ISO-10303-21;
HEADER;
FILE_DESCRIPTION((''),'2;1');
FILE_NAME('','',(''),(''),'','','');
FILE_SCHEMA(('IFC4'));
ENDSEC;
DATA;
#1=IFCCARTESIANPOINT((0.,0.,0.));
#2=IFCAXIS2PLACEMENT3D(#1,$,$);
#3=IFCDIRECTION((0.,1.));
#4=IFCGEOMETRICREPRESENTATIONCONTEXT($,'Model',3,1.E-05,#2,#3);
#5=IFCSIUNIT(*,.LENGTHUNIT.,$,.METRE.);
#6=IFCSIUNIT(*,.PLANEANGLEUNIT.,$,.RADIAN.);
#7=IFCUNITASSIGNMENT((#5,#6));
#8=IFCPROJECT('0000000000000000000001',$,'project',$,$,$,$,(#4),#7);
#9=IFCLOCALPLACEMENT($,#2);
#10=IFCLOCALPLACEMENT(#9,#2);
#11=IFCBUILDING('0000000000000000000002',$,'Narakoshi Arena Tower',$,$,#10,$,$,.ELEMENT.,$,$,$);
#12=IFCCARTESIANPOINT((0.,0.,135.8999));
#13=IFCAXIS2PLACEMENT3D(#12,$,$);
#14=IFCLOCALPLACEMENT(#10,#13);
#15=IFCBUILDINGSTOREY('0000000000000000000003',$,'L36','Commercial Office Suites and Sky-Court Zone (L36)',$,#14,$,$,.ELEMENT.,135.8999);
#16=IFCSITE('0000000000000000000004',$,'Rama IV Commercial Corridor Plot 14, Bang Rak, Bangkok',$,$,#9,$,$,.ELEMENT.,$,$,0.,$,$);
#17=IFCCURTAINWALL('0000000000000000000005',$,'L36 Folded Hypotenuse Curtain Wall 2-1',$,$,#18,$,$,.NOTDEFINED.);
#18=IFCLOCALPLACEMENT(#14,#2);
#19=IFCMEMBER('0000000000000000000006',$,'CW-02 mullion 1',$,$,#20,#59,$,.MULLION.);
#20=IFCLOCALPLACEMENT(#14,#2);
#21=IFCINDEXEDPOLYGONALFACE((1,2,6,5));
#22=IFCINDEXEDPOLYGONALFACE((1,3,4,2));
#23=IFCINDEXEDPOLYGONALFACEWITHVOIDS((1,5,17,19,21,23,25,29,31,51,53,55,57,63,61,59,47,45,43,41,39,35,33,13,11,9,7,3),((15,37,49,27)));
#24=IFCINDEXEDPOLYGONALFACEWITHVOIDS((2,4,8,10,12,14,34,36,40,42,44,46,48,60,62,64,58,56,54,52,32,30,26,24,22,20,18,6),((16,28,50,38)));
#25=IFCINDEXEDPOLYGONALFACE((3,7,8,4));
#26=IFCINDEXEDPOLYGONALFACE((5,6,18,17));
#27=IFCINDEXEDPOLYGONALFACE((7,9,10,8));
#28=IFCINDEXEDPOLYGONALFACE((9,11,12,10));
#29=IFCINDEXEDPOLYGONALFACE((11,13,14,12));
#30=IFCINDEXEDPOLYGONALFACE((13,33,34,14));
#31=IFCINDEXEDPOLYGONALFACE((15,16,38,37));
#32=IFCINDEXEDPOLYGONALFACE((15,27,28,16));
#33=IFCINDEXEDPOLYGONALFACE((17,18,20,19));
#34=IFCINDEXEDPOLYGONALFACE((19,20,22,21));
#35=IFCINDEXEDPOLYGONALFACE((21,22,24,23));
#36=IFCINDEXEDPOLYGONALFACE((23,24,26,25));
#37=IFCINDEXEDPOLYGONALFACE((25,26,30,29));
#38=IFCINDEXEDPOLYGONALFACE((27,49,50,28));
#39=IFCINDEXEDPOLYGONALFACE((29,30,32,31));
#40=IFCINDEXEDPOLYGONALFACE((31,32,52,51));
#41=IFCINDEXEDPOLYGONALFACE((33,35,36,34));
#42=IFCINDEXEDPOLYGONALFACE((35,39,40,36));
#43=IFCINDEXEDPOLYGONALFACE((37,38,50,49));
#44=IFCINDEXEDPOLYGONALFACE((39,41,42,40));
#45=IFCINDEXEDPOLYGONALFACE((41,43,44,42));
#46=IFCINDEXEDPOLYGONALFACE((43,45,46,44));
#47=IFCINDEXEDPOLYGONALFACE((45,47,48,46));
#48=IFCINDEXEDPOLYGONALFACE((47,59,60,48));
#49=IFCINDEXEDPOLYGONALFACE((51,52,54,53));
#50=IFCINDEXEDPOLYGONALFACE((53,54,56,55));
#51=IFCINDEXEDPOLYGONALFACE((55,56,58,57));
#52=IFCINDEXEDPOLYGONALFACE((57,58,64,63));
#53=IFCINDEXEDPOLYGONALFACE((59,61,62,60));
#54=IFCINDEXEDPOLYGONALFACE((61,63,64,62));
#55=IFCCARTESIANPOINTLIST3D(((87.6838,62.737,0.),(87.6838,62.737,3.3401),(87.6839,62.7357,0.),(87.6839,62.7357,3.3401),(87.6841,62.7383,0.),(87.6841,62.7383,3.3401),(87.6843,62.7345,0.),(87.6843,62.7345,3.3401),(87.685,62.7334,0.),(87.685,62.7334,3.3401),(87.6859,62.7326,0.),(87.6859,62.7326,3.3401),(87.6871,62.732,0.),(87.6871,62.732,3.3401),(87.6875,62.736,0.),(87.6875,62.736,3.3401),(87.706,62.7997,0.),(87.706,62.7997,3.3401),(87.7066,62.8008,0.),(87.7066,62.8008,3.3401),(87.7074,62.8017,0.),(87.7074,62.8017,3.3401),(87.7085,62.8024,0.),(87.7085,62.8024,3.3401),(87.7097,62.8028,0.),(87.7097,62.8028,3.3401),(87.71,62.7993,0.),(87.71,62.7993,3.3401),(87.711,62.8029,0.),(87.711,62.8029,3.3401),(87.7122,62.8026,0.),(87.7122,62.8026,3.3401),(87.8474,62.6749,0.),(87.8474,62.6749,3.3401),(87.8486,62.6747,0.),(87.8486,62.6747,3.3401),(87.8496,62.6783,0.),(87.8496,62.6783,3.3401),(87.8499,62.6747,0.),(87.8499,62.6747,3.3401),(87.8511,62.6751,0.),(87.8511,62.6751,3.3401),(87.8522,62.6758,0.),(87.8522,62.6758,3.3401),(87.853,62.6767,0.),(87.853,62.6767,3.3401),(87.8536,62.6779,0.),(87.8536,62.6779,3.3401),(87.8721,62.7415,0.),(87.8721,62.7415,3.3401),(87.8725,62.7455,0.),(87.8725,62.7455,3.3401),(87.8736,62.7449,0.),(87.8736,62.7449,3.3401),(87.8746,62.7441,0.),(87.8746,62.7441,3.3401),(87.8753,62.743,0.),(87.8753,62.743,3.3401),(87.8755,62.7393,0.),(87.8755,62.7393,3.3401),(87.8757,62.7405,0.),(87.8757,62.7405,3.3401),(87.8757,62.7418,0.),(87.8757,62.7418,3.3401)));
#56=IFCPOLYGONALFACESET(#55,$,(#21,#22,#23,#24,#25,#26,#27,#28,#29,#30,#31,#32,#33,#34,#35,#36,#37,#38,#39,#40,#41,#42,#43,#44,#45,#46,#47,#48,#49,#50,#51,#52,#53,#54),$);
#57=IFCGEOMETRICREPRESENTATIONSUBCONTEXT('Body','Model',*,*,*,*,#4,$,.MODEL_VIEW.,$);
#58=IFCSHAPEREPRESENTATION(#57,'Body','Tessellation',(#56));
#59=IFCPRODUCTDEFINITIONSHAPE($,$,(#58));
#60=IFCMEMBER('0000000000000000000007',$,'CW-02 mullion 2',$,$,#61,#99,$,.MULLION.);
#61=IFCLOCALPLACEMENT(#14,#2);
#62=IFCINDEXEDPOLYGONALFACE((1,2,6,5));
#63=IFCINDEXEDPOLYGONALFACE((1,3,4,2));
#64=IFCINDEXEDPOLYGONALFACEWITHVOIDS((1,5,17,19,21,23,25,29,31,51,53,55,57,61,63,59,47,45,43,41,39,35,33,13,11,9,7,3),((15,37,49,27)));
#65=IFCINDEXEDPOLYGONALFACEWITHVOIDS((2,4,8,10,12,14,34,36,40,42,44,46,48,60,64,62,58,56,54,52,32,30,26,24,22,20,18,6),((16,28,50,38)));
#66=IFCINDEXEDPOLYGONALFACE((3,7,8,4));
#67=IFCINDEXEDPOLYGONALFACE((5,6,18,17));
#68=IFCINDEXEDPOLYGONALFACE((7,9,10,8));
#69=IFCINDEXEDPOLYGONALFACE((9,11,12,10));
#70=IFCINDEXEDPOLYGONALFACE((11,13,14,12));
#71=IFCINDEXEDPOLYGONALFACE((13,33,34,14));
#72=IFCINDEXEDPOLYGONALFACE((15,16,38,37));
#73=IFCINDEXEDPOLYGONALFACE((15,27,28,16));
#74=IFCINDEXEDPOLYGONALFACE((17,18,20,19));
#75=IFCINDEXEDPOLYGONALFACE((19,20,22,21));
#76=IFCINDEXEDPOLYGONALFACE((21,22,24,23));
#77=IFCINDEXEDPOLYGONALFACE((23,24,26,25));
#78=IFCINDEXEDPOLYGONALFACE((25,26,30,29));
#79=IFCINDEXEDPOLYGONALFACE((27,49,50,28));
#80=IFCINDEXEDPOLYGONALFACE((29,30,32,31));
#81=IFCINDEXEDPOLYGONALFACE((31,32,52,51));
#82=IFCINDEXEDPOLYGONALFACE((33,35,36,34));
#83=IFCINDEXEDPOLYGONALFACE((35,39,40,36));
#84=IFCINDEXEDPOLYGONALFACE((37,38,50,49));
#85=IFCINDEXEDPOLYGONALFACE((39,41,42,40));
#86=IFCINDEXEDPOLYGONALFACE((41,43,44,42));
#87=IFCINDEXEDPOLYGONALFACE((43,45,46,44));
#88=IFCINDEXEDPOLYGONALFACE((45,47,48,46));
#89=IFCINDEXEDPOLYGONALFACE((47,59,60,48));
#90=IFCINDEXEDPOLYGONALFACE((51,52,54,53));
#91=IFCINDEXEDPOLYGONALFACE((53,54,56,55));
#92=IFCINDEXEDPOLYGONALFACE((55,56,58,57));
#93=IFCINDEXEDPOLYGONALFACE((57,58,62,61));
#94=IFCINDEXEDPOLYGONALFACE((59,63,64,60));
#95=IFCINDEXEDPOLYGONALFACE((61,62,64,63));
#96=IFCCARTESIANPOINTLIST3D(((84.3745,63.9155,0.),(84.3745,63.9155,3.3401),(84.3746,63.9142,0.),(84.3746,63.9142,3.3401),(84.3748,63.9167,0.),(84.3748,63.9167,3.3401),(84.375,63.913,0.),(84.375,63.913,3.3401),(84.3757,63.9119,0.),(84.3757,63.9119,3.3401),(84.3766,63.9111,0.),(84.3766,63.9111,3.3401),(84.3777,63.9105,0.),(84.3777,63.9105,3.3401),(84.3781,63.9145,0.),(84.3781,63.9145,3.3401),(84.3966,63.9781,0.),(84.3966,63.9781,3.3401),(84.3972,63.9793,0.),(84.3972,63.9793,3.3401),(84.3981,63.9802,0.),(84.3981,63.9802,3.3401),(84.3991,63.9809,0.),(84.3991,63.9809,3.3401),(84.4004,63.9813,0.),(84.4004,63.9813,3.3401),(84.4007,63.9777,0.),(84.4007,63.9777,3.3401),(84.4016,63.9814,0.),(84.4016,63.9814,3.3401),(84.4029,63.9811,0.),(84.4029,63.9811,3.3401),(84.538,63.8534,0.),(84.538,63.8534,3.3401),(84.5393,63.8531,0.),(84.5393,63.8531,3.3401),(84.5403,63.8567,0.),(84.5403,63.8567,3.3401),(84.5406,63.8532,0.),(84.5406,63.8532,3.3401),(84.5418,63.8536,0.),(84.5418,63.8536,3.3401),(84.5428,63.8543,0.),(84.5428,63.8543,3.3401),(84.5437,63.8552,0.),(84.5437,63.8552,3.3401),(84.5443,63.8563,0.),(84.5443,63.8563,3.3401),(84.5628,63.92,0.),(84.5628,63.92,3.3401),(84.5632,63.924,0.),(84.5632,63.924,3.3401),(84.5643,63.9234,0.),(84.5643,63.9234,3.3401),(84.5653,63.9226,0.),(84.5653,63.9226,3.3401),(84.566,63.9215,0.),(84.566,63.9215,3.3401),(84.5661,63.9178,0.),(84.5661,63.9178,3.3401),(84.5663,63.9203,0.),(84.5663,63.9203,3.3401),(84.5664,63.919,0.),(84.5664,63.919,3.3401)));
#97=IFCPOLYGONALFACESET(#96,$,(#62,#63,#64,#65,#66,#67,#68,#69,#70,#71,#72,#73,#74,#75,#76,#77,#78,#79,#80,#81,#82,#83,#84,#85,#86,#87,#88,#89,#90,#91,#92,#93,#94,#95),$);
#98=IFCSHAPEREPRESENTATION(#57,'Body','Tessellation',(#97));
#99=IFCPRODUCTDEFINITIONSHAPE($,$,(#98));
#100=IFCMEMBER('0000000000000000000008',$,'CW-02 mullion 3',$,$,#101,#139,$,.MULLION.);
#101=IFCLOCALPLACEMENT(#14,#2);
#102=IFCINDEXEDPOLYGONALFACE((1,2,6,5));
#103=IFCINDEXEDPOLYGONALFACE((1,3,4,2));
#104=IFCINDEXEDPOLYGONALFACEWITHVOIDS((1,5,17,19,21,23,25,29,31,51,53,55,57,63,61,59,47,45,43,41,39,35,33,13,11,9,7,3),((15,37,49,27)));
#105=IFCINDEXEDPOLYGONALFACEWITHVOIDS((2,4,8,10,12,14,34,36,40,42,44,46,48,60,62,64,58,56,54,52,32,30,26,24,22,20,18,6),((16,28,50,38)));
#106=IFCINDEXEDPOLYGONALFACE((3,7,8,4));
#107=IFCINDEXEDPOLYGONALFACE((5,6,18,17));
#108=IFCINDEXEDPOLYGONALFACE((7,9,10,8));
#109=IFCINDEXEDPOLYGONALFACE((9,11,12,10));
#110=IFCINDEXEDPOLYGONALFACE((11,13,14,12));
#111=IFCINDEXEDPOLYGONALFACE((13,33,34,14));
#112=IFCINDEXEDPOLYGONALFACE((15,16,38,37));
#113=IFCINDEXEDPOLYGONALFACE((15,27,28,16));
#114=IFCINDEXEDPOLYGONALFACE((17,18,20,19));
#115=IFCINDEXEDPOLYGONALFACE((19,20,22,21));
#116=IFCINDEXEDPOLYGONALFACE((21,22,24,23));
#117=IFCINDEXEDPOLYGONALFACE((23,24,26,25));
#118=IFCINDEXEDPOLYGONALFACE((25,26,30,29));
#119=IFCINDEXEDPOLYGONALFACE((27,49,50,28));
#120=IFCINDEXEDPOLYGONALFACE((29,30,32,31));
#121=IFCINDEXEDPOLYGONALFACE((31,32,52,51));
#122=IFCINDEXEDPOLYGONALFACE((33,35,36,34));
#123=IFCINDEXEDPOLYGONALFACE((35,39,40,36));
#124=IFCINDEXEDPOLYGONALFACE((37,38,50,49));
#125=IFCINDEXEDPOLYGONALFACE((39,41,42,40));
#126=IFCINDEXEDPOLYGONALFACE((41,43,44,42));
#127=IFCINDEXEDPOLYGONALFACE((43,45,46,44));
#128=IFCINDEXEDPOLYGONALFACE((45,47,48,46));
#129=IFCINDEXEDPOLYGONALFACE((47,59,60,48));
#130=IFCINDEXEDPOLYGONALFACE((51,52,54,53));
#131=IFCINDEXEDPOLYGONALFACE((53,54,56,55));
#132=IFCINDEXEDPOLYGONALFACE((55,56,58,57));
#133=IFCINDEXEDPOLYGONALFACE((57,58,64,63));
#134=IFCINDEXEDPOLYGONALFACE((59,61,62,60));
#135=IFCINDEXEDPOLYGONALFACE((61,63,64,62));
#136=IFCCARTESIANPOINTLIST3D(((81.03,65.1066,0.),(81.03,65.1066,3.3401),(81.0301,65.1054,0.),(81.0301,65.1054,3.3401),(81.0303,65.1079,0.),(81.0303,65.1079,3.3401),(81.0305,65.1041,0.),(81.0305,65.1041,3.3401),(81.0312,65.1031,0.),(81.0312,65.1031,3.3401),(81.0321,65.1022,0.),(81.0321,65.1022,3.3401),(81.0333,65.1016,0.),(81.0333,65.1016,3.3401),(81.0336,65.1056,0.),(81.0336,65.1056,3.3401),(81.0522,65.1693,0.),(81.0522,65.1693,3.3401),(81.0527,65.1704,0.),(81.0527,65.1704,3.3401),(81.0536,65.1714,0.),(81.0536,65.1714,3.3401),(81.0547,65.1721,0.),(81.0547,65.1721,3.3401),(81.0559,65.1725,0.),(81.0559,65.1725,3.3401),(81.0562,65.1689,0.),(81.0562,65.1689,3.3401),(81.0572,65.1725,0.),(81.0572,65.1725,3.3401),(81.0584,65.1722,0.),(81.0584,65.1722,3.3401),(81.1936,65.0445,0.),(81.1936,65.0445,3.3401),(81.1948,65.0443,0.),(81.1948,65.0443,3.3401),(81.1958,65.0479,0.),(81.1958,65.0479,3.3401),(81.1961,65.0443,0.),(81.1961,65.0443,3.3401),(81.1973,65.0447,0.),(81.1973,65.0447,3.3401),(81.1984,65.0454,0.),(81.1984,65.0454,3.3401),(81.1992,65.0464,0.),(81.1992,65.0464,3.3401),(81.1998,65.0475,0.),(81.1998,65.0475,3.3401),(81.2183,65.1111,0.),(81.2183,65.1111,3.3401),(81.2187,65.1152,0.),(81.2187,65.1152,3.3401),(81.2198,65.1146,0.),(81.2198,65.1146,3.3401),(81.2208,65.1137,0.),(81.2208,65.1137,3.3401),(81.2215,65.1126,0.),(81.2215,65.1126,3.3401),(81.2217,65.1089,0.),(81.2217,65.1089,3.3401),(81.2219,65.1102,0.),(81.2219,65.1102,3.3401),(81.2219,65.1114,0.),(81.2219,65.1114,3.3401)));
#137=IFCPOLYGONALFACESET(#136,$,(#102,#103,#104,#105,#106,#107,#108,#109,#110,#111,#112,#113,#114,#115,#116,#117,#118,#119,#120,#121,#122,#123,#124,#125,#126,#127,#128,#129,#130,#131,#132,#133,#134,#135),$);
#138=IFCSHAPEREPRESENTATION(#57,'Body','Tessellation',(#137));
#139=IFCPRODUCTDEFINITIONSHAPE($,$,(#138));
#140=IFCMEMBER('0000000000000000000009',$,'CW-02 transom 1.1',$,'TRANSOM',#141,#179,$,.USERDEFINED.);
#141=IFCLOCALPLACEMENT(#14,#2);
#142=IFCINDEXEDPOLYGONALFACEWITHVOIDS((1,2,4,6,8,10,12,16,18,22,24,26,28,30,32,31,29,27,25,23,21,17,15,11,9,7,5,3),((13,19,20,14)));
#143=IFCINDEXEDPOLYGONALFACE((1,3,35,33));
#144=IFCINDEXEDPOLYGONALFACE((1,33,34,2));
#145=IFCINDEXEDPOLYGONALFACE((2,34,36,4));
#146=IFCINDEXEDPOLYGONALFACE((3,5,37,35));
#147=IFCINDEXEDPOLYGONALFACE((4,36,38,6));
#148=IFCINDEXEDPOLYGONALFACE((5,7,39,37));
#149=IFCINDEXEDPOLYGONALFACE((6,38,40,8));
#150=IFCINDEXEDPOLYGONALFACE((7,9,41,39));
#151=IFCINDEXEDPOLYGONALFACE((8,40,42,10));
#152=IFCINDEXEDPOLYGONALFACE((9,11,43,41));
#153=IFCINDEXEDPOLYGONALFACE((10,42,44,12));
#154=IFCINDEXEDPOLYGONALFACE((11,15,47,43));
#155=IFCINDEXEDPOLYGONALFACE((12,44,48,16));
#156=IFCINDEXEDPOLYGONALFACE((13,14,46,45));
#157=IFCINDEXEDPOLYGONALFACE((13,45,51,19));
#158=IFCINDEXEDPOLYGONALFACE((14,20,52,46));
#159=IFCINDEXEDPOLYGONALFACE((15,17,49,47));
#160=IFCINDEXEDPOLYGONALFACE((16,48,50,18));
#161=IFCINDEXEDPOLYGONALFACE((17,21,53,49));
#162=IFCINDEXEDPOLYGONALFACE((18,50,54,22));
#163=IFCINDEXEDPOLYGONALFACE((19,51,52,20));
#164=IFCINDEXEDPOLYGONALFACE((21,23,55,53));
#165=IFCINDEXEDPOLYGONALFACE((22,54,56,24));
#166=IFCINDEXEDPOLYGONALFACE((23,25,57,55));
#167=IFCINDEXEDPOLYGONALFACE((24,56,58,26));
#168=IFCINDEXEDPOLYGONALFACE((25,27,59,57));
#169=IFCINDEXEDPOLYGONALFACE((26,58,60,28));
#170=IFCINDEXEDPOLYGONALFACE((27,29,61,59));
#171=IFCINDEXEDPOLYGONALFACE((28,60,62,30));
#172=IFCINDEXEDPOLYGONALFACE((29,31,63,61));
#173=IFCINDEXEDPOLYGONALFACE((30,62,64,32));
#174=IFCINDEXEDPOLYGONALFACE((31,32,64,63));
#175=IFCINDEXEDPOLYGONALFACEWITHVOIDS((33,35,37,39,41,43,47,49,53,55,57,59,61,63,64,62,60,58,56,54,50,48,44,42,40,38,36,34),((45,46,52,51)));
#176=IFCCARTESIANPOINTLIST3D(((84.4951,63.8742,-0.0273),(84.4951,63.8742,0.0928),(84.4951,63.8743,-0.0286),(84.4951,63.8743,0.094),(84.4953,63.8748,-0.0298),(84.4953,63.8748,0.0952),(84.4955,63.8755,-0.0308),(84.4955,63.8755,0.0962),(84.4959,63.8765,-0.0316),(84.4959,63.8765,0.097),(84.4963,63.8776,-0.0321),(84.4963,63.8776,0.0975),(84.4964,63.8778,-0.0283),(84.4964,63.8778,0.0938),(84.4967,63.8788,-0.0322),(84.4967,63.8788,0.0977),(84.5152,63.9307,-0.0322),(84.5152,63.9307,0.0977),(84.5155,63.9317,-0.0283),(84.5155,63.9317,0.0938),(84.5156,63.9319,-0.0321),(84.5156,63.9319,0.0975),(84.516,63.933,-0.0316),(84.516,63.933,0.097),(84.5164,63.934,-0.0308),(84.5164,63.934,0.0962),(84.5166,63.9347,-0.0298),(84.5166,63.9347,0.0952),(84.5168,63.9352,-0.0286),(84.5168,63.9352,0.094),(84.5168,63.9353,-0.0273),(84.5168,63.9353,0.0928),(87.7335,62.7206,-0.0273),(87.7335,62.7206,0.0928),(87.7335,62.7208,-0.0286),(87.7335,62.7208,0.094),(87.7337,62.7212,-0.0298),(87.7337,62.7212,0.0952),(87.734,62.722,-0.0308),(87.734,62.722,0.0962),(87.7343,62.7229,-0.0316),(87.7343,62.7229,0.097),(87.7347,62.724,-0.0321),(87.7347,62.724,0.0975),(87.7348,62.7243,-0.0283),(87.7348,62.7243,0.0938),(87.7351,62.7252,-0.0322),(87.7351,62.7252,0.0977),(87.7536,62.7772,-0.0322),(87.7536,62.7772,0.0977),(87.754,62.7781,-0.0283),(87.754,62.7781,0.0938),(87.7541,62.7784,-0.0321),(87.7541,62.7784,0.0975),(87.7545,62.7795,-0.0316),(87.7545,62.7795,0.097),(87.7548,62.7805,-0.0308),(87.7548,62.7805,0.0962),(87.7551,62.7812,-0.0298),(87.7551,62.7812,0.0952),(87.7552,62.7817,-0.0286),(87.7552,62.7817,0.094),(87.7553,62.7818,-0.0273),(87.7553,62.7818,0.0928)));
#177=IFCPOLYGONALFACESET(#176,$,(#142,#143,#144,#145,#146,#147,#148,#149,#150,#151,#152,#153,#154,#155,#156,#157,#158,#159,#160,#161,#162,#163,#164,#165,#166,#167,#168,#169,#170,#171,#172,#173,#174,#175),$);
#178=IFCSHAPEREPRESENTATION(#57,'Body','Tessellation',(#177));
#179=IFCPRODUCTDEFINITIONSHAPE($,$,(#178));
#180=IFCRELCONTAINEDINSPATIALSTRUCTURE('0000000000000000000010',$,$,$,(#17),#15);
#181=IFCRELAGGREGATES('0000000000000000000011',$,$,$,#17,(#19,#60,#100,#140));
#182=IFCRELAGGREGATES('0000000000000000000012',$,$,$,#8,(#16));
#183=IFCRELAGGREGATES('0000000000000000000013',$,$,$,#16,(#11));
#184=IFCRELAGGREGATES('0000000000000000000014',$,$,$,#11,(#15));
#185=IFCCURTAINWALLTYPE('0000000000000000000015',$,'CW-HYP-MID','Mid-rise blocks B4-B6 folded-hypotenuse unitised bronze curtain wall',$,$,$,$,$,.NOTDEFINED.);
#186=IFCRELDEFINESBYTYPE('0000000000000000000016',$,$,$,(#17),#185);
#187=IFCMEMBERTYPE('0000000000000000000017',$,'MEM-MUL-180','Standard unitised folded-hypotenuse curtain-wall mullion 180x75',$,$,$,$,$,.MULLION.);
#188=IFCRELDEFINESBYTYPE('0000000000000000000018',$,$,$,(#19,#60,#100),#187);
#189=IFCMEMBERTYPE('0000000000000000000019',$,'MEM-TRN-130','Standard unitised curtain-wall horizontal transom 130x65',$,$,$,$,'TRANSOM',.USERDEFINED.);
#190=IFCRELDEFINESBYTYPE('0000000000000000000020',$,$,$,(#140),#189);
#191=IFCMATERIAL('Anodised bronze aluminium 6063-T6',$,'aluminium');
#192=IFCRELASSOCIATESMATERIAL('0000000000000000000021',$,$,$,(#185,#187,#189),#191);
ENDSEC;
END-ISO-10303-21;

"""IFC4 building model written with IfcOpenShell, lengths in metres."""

from ifc_helpers import new_model, si_unit, direction, frame, origin, origin_2d, place, context, subcontext, project, spatial, hollow_rectangle, extrude, material, material_profile, profile_set, type_object, element, aggregate, save


model = new_model("IFC4")

# Units and contexts
model_context = context("Model", 3, precision=1e-05, world=origin(), true_north=direction((0.0, 1.0)))
body_context = subcontext(model_context, "Body", "Model", "MODEL_VIEW")
ifc_project = project(units=[si_unit("LENGTHUNIT", "METRE"), si_unit("PLANEANGLEUNIT", "RADIAN")], contexts=[model_context])

# Site, building, storey
site_placement = place(None, origin())
site = spatial("IfcSite", under=ifc_project, at=site_placement, Name="Rama IV Commercial Corridor Plot 14, Bang Rak, Bangkok", CompositionType="ELEMENT", RefElevation=0.0)
building_placement = place(site_placement, origin())
building = spatial("IfcBuilding", under=site, at=building_placement, Name="Narakoshi Arena Tower", CompositionType="ELEMENT")
storey_placement = place(building_placement, frame((0.0, 0.0, 135.8999)))
storey = spatial("IfcBuildingStorey", under=building, at=storey_placement, Name="L36", Description="Commercial Office Suites and Sky-Court Zone (L36)", CompositionType="ELEMENT", Elevation=135.8999)

# Shared definitions
ifc_material_1 = material(Name="Anodised bronze aluminium 6063-T6", Category="aluminium")
curtain_wall_type = type_object("IfcCurtainWallType", Name="CW-HYP-MID", Description="Mid-rise blocks B4-B6 folded-hypotenuse unitised bronze curtain wall", PredefinedType="NOTDEFINED", material=ifc_material_1)
ifc_material_profile_1 = material_profile(ifc_material_1, hollow_rectangle(XDim=0.075, YDim=0.1799, WallThickness=0.0039, OuterFilletRadius=0.0049, at=origin_2d()), Name="MUL180x75x4")
ifc_profile_set_1 = profile_set([ifc_material_profile_1], Name="Anodised bronze aluminium 6063-T6")
member_type_1 = type_object("IfcMemberType", Name="MEM-MUL-180", Description="Standard unitised folded-hypotenuse curtain-wall mullion 180x75", PredefinedType="MULLION", material=ifc_profile_set_1)

# Curtain wall, members
curtain_wall_1_placement = place(storey_placement, origin())
curtain_wall_1 = element("IfcCurtainWall", 1, at=curtain_wall_1_placement, inside=storey, type_object=curtain_wall_type, Name="L36 Folded Hypotenuse Curtain Wall 2-1", PredefinedType="NOTDEFINED")
member_1_placement = place(storey_placement, frame((87.7798, 62.7388, 0.0), z_axis=(0.0, 0.0, 1.0), x_axis=(-0.335518, -0.942034, 0.0)))
member_1 = element("IfcMember", 2, at=member_1_placement, type_object=member_type_1, Name="CW-02 mullion 1", PredefinedType="MULLION", context=body_context, shape_type="SweptSolid", body=[
    extrude(hollow_rectangle(XDim=0.075, YDim=0.1799, WallThickness=0.0039, OuterFilletRadius=0.0049, at=origin_2d()), origin(), (0.0, 0.0, 1.0), 3.3401),
])
member_2_placement = place(storey_placement, frame((84.4705, 63.9172, 0.0), z_axis=(0.0, 0.0, 1.0), x_axis=(-0.335518, -0.942034, 0.0)))
member_2 = element("IfcMember", 3, at=member_2_placement, type_object=member_type_1, Name="CW-02 mullion 2", PredefinedType="MULLION", context=body_context, shape_type="SweptSolid", body=[
    extrude(hollow_rectangle(XDim=0.075, YDim=0.1799, WallThickness=0.0039, OuterFilletRadius=0.0049, at=origin_2d()), origin(), (0.0, 0.0, 1.0), 3.3401),
])
member_3_placement = place(storey_placement, frame((81.126, 65.1084, 0.0), z_axis=(0.0, 0.0, 1.0), x_axis=(-0.335518, -0.942034, 0.0)))
member_3 = element("IfcMember", 4, at=member_3_placement, type_object=member_type_1, Name="CW-02 mullion 3", PredefinedType="MULLION", context=body_context, shape_type="SweptSolid", body=[
    extrude(hollow_rectangle(XDim=0.075, YDim=0.1799, WallThickness=0.0039, OuterFilletRadius=0.0049, at=origin_2d()), origin(), (0.0, 0.0, 1.0), 3.3401),
])
ifc_material_profile_2 = material_profile(ifc_material_1, hollow_rectangle(XDim=0.0649, YDim=0.1299, WallThickness=0.0039, OuterFilletRadius=0.0049, at=origin_2d()), Name="TRN130x65x4")
ifc_profile_set_2 = profile_set([ifc_material_profile_2], Name="Anodised bronze aluminium 6063-T6")
member_type_2 = type_object("IfcMemberType", Name="MEM-TRN-130", Description="Standard unitised curtain-wall horizontal transom 130x65", ElementType="TRANSOM", PredefinedType="USERDEFINED", material=ifc_profile_set_2)
member_4_placement = place(storey_placement, frame((87.7444, 62.7512, 0.0327), z_axis=(-0.942023, 0.335549, 0.0), x_axis=(-0.335549, -0.942023, 0.0)))
member_4 = element("IfcMember", 5, at=member_4_placement, type_object=member_type_2, Name="CW-02 transom 1.1", ObjectType="TRANSOM", PredefinedType="USERDEFINED", context=body_context, shape_type="SweptSolid", body=[
    extrude(hollow_rectangle(XDim=0.0649, YDim=0.1299, WallThickness=0.0039, OuterFilletRadius=0.0049, at=origin_2d()), origin(), (0.0, 0.0, 1.0), 3.4377),
])
aggregate(curtain_wall_1, [member_1, member_2, member_3, member_4])

save(model, "model.ifc")
